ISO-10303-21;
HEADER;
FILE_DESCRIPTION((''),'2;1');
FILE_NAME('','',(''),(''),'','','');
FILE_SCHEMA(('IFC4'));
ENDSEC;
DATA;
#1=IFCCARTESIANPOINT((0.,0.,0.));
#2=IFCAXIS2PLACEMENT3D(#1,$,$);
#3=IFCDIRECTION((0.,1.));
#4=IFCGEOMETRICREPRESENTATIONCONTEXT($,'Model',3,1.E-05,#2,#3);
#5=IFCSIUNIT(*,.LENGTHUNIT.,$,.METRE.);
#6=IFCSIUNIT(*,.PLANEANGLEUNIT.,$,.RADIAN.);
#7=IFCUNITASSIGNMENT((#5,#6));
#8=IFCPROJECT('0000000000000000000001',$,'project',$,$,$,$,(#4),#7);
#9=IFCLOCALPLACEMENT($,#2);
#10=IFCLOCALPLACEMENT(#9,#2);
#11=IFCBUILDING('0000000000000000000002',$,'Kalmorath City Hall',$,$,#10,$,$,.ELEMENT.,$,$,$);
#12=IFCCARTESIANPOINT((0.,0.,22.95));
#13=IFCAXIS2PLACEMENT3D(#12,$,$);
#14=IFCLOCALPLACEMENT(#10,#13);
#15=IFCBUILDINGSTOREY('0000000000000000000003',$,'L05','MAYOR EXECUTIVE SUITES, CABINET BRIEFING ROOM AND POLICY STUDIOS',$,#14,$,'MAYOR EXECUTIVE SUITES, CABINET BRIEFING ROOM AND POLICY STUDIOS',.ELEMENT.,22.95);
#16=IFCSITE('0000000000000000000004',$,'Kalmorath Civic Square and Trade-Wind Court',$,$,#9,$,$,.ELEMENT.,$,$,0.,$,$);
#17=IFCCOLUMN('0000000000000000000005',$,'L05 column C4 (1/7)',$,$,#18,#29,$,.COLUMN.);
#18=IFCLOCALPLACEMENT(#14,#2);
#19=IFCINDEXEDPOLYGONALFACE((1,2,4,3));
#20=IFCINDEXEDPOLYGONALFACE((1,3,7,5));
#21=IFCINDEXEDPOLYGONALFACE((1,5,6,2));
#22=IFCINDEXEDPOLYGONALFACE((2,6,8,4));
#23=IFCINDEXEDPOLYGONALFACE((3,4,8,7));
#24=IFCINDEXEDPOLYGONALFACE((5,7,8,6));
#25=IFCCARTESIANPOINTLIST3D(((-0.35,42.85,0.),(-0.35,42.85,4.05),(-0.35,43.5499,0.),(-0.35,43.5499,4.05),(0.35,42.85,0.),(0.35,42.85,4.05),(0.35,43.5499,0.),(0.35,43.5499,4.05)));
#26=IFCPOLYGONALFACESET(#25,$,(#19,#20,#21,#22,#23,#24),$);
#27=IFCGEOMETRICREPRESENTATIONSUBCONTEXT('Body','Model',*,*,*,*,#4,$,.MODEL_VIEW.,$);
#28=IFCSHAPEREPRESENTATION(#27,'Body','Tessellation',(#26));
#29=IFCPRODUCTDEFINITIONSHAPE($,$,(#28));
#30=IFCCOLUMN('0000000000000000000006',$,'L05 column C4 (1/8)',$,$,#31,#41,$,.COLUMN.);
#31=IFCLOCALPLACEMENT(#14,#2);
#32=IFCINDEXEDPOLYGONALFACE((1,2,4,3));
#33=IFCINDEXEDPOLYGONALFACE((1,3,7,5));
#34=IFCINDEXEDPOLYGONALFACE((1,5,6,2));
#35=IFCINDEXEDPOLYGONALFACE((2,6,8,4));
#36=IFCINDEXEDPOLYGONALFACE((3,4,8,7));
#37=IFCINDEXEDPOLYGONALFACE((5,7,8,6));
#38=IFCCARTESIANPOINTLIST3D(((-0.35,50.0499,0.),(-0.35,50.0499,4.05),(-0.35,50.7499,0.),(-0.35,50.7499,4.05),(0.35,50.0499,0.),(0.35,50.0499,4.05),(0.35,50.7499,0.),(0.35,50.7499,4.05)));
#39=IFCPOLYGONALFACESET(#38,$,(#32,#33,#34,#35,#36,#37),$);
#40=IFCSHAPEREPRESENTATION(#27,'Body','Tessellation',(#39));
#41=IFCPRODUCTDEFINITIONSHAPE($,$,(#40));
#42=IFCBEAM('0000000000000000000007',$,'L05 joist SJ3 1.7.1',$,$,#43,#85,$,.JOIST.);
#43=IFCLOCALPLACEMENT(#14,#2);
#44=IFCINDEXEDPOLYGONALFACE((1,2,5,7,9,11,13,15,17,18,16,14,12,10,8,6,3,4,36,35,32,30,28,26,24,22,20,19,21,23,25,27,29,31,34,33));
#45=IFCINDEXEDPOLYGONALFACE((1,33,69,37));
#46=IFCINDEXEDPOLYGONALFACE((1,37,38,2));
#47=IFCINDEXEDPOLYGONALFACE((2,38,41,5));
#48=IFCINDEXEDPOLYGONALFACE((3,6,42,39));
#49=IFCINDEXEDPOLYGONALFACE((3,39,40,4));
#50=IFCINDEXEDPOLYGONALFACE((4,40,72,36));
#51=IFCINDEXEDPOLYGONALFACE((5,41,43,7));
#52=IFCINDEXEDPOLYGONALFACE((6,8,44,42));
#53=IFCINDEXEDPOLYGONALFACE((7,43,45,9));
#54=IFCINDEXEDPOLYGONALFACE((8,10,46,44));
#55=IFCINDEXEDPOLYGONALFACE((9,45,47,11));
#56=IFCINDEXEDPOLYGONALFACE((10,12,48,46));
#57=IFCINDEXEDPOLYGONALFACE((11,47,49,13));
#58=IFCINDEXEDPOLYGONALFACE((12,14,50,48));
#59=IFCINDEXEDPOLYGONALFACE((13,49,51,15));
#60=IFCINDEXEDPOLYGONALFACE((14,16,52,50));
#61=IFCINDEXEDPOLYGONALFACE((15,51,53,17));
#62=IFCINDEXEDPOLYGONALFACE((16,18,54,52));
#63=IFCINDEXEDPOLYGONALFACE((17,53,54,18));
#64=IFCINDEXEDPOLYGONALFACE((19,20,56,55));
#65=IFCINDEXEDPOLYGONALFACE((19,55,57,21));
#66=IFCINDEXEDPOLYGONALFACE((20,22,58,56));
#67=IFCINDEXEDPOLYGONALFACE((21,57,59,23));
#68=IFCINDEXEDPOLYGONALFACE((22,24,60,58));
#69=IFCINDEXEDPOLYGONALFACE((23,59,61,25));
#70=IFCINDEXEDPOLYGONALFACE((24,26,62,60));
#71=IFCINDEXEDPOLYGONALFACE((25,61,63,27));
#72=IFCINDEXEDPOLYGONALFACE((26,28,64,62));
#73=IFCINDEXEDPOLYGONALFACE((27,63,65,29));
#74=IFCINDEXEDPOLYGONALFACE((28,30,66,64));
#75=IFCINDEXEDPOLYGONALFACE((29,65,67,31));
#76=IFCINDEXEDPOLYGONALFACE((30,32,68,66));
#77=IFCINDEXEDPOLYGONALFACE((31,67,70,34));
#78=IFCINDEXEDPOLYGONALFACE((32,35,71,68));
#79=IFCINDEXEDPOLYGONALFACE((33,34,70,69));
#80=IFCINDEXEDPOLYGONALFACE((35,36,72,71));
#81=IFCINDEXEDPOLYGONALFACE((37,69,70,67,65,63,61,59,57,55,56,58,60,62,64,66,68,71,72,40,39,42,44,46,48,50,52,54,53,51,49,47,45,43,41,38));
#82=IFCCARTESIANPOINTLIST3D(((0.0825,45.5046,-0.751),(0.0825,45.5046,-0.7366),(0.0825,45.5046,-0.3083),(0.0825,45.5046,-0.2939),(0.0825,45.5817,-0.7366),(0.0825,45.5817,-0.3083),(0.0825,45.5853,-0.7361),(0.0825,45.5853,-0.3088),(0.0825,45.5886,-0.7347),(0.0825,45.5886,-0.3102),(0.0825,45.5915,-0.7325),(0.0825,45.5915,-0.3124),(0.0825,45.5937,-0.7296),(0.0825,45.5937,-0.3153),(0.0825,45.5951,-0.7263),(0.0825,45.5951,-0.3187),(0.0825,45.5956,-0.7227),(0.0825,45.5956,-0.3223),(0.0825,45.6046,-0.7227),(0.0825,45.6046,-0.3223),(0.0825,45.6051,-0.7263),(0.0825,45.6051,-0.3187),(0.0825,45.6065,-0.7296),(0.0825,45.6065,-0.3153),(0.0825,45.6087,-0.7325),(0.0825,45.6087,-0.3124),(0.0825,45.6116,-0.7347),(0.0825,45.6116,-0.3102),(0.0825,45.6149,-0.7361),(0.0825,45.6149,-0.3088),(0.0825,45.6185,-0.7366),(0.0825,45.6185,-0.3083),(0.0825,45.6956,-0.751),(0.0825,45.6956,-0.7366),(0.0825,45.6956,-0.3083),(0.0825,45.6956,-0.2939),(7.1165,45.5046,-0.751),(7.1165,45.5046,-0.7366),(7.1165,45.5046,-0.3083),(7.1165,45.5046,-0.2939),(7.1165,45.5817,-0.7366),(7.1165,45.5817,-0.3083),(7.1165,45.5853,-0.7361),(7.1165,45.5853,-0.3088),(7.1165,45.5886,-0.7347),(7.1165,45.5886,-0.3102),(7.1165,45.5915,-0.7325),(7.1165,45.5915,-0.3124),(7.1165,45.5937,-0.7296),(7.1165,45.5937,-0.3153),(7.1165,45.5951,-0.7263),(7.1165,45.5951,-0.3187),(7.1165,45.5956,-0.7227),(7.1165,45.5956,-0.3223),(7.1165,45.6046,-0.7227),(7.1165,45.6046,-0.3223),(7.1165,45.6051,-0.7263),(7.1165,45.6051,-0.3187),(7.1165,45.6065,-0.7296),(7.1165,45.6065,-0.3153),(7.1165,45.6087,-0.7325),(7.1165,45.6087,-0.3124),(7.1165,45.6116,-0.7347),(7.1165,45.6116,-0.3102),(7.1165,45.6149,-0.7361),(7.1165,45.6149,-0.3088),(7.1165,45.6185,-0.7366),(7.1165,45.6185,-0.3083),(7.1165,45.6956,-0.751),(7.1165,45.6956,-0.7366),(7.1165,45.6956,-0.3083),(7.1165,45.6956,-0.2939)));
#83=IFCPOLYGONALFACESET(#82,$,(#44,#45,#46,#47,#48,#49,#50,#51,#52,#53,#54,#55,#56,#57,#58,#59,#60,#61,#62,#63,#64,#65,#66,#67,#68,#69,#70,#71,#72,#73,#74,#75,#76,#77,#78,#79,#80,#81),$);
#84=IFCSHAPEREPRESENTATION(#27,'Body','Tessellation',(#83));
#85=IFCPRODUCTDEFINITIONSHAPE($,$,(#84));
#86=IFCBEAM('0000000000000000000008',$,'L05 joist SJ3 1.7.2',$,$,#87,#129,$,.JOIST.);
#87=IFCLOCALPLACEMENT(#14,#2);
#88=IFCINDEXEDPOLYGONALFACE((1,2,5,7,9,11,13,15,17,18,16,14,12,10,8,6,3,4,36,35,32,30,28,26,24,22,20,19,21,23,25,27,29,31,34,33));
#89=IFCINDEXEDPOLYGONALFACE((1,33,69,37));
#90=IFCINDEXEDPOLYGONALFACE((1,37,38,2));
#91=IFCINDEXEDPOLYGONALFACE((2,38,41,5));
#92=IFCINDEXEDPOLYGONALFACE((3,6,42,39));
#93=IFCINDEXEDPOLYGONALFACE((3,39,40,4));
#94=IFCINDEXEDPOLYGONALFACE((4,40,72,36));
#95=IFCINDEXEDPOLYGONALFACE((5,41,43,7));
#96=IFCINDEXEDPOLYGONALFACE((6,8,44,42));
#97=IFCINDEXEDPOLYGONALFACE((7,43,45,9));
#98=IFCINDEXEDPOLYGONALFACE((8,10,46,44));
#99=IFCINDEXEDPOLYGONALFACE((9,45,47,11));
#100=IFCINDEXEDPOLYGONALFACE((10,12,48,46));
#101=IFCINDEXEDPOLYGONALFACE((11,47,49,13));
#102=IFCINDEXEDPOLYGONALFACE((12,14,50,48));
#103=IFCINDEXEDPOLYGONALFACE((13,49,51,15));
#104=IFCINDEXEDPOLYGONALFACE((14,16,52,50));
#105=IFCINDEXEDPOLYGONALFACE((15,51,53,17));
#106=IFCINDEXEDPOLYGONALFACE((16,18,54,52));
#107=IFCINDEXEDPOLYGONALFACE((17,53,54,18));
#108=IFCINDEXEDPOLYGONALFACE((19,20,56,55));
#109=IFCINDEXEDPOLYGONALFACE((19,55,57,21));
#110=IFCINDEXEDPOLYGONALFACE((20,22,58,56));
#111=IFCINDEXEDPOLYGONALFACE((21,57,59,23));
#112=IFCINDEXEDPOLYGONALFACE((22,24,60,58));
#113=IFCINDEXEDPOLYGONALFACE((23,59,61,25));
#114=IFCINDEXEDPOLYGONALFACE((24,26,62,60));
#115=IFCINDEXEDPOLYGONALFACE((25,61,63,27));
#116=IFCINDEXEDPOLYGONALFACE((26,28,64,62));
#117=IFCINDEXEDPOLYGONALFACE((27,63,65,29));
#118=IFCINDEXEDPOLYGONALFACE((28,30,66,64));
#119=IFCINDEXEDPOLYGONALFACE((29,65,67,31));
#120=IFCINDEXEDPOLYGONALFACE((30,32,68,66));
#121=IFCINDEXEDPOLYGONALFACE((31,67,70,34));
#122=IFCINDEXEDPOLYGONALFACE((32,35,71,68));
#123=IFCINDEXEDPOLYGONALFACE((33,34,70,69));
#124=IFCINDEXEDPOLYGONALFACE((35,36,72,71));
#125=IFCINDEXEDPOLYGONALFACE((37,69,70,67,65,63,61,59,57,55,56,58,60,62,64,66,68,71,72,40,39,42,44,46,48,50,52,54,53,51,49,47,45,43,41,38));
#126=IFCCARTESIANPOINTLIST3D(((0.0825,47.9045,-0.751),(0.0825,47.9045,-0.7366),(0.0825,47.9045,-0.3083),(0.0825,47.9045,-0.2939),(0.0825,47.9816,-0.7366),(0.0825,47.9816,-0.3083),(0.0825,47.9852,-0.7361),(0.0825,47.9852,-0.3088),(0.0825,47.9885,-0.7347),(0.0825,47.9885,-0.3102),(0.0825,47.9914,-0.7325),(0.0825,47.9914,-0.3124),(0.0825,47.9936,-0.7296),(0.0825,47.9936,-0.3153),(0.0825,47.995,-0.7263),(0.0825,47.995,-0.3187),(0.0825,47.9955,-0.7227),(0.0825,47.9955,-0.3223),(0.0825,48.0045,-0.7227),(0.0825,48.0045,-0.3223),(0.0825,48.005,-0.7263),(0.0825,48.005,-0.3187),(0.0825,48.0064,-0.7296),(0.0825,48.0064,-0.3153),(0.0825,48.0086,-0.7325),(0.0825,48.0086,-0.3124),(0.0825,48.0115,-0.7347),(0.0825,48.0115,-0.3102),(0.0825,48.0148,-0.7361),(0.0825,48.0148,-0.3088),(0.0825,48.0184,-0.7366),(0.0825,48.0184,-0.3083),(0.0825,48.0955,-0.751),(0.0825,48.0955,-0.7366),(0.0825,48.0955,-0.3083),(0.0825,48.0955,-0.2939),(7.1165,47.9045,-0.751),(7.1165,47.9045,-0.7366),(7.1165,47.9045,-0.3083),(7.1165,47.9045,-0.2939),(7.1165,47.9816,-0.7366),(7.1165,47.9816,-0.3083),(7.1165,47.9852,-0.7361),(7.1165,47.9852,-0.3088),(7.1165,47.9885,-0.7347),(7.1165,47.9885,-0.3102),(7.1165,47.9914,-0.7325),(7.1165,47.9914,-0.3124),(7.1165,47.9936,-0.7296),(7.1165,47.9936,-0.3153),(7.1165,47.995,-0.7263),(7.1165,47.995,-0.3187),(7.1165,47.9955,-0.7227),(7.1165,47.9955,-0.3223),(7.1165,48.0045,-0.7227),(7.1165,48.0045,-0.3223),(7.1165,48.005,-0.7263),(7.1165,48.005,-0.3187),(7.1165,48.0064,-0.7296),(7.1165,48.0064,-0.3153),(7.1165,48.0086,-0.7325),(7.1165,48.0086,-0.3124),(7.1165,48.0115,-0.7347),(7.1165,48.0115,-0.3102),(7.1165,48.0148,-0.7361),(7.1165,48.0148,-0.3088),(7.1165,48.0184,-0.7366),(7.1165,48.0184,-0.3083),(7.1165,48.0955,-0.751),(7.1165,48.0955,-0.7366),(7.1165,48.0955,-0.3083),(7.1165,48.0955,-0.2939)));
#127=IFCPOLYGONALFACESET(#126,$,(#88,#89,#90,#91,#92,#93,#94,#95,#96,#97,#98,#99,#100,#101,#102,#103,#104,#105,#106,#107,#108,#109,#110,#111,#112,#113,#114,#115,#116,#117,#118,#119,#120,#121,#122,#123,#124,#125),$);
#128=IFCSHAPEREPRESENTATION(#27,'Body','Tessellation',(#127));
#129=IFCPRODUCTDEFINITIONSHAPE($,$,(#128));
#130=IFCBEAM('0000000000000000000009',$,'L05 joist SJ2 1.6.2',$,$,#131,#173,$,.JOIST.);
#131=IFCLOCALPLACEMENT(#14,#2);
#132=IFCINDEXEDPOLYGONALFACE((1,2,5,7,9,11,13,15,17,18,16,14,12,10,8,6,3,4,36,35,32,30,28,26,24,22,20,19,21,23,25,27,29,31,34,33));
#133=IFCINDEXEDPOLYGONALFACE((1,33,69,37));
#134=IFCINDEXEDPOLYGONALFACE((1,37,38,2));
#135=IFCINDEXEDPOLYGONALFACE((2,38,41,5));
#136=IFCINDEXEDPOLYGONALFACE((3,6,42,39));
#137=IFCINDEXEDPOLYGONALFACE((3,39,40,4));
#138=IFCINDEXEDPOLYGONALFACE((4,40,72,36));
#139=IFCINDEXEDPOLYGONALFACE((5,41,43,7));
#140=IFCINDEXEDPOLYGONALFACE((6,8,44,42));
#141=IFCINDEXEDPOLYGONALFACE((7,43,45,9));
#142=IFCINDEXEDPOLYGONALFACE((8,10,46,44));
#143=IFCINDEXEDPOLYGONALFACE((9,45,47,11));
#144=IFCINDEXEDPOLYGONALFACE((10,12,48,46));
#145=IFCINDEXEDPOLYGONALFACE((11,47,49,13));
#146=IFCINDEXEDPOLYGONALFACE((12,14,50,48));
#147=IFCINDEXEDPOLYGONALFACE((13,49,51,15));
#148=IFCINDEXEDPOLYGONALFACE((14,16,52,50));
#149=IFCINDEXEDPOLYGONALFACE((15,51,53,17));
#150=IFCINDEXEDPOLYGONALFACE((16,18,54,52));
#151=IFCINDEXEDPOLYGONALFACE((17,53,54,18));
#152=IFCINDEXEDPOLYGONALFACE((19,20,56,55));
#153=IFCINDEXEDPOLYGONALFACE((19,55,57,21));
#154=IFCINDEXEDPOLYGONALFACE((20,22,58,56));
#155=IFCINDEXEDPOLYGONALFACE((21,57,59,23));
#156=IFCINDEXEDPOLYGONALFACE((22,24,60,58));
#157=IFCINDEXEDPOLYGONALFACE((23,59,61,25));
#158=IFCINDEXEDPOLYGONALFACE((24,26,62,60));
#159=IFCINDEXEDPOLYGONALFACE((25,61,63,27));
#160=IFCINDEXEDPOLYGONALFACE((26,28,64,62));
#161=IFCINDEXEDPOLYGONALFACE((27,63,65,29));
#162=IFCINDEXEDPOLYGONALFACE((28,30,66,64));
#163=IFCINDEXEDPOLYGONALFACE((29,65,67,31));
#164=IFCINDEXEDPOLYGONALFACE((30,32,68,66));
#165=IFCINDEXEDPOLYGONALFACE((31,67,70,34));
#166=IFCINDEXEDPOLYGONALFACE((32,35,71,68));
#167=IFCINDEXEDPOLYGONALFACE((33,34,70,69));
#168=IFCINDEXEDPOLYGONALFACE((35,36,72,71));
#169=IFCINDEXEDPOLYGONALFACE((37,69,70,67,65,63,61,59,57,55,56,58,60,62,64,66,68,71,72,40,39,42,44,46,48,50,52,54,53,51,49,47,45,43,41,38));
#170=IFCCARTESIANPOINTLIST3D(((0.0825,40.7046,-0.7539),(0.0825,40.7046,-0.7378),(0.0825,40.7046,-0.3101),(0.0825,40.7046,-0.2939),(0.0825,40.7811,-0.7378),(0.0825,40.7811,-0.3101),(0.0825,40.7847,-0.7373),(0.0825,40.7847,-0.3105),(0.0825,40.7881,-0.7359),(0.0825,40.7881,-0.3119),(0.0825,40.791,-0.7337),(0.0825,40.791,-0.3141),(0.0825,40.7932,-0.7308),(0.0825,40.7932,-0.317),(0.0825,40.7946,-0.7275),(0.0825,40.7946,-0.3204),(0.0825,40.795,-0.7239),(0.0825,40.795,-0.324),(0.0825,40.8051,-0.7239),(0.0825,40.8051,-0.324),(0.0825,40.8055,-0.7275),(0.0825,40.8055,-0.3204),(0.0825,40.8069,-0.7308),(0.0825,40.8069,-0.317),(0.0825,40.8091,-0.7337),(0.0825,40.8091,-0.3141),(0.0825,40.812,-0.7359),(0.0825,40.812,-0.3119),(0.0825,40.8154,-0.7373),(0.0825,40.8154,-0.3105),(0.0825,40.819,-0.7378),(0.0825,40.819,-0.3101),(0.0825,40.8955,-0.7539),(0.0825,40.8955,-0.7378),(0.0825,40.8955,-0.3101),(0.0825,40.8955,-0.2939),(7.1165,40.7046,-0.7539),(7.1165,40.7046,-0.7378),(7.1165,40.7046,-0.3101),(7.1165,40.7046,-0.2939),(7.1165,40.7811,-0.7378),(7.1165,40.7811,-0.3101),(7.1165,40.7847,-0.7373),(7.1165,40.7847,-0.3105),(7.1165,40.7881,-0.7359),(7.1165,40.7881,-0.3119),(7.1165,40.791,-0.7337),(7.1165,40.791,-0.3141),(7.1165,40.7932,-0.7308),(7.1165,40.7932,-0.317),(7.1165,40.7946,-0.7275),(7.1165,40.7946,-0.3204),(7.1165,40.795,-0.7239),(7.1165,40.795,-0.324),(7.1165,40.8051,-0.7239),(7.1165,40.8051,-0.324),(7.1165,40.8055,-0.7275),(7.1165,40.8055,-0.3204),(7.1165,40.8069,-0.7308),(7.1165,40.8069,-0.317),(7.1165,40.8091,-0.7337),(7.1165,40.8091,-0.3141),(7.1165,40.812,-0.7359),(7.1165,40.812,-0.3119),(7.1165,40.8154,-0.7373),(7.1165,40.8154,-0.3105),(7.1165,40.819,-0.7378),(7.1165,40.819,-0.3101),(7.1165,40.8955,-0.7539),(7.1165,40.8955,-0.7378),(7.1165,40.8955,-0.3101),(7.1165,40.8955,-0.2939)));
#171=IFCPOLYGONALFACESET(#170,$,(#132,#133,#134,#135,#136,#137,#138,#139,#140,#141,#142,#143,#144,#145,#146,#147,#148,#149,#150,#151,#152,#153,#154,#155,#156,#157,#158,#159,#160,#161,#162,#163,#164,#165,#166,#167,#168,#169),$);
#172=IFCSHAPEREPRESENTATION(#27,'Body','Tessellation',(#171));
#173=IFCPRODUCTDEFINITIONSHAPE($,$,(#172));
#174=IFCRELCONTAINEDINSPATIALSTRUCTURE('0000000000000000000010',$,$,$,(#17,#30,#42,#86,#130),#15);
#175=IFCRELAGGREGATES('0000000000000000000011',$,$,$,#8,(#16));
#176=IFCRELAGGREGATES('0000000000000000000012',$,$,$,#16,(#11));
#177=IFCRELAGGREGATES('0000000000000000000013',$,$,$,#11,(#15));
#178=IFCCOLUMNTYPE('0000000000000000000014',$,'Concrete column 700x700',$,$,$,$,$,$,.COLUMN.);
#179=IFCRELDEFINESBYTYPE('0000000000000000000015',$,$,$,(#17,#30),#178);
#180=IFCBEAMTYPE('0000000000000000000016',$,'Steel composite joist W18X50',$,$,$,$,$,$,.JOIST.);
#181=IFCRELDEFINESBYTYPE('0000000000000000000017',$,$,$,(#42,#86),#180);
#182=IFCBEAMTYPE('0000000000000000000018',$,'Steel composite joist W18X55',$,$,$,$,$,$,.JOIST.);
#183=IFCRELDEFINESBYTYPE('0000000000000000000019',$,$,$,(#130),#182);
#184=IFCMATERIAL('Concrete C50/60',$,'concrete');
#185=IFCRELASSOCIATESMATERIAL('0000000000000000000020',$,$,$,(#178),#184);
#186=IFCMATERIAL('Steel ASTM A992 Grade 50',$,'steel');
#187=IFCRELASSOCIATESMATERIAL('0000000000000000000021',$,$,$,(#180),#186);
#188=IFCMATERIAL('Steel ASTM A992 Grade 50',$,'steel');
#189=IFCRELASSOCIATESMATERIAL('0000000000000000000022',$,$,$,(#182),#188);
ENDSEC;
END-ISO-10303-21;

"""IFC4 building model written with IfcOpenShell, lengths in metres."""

from ifc_helpers import new_model, si_unit, direction, frame, origin, origin_2d, place, context, subcontext, project, spatial, rectangle, i_section, extrude, material, material_profile, profile_set, type_object, element, save


model = new_model("IFC4")

# Units and contexts
model_context = context("Model", 3, precision=1e-05, world=origin(), true_north=direction((0.0, 1.0)))
body_context = subcontext(model_context, "Body", "Model", "MODEL_VIEW")
ifc_project = project(units=[si_unit("LENGTHUNIT", "METRE"), si_unit("PLANEANGLEUNIT", "RADIAN")], contexts=[model_context])

# Site, building, storey
site_placement = place(None, origin())
site = spatial("IfcSite", under=ifc_project, at=site_placement, Name="Kalmorath Civic Square and Trade-Wind Court", CompositionType="ELEMENT", RefElevation=0.0)
building_placement = place(site_placement, origin())
building = spatial("IfcBuilding", under=site, at=building_placement, Name="Kalmorath City Hall", CompositionType="ELEMENT")
storey_placement = place(building_placement, frame((0.0, 0.0, 22.95)))
storey = spatial("IfcBuildingStorey", under=building, at=storey_placement, Name="L05", Description="MAYOR EXECUTIVE SUITES, CABINET BRIEFING ROOM AND POLICY STUDIOS", LongName="MAYOR EXECUTIVE SUITES, CABINET BRIEFING ROOM AND POLICY STUDIOS", CompositionType="ELEMENT", Elevation=22.95)

# Columns
ifc_material_1 = material(Name="Concrete C50/60", Category="concrete")
ifc_material_profile_1 = material_profile(ifc_material_1, rectangle(XDim=0.7, YDim=0.7, at=origin_2d()), Name="RC-COL-700X700")
ifc_profile_set_1 = profile_set([ifc_material_profile_1], Name="Concrete C50/60")
column_type = type_object("IfcColumnType", Name="Concrete column 700x700", PredefinedType="COLUMN", material=ifc_profile_set_1)
for number, where, z_axis, x_axis, name in (
    (1, (0.0, 43.2, 0.0), (0.0, 0.0, 1.0), (1.0, 0.0, 0.0), "L05 column C4 (1/7)"),
    (2, (0.0, 50.3999, 0.0), (0.0, 0.0, 1.0), (1.0, 0.0, 0.0), "L05 column C4 (1/8)"),
):
    element("IfcColumn", number, at=place(storey_placement, frame(where, z_axis=z_axis, x_axis=x_axis)), inside=storey, type_object=column_type, Name=name, PredefinedType="COLUMN", context=body_context, shape_type="SweptSolid", body=[
        extrude(rectangle(XDim=0.7, YDim=0.7, at=origin_2d()), origin(), (0.0, 0.0, 1.0), 4.05),
    ])

# Beams
ifc_material_2 = material(Name="Steel ASTM A992 Grade 50", Category="steel")
ifc_material_profile_2 = material_profile(ifc_material_2, i_section(OverallWidth=0.1909, OverallDepth=0.457, WebThickness=0.009, FlangeThickness=0.0144, FilletRadius=0.0139, at=origin_2d()), Name="W18X50")
ifc_profile_set_2 = profile_set([ifc_material_profile_2], Name="Steel ASTM A992 Grade 50")
beam_type_1 = type_object("IfcBeamType", Name="Steel composite joist W18X50", PredefinedType="JOIST", material=ifc_profile_set_2)
for number, where, z_axis, x_axis, name in (
    (3, (0.0825, 45.6001, -0.5225), (1.0, 0.0, 0.0), (0.0, 1.0, 0.0), "L05 joist SJ3 1.7.1"),
    (4, (0.0825, 48.0, -0.5225), (1.0, 0.0, 0.0), (0.0, 1.0, 0.0), "L05 joist SJ3 1.7.2"),
):
    element("IfcBeam", number, at=place(storey_placement, frame(where, z_axis=z_axis, x_axis=x_axis)), inside=storey, type_object=beam_type_1, Name=name, PredefinedType="JOIST", context=body_context, shape_type="SweptSolid", body=[
        extrude(i_section(OverallWidth=0.1909, OverallDepth=0.457, WebThickness=0.009, FlangeThickness=0.0144, FilletRadius=0.0139, at=origin_2d()), origin(), (0.0, 0.0, 1.0), 7.0339),
    ])
ifc_material_3 = material(Name="Steel ASTM A992 Grade 50", Category="steel")
ifc_material_profile_3 = material_profile(ifc_material_3, i_section(OverallWidth=0.1909, OverallDepth=0.46, WebThickness=0.01, FlangeThickness=0.0161, FilletRadius=0.0139, at=origin_2d()), Name="W18X55")
ifc_profile_set_3 = profile_set([ifc_material_profile_3], Name="Steel ASTM A992 Grade 50")
beam_type_2 = type_object("IfcBeamType", Name="Steel composite joist W18X55", PredefinedType="JOIST", material=ifc_profile_set_3)
beam_placement = place(storey_placement, frame((0.0825, 40.8, -0.5239), z_axis=(1.0, 0.0, 0.0), x_axis=(0.0, 1.0, 0.0)))
element("IfcBeam", 5, at=beam_placement, inside=storey, type_object=beam_type_2, Name="L05 joist SJ2 1.6.2", PredefinedType="JOIST", context=body_context, shape_type="SweptSolid", body=[
    extrude(i_section(OverallWidth=0.1909, OverallDepth=0.46, WebThickness=0.01, FlangeThickness=0.0161, FilletRadius=0.0139, at=origin_2d()), origin(), (0.0, 0.0, 1.0), 7.0339),
])

save(model, "model.ifc")
